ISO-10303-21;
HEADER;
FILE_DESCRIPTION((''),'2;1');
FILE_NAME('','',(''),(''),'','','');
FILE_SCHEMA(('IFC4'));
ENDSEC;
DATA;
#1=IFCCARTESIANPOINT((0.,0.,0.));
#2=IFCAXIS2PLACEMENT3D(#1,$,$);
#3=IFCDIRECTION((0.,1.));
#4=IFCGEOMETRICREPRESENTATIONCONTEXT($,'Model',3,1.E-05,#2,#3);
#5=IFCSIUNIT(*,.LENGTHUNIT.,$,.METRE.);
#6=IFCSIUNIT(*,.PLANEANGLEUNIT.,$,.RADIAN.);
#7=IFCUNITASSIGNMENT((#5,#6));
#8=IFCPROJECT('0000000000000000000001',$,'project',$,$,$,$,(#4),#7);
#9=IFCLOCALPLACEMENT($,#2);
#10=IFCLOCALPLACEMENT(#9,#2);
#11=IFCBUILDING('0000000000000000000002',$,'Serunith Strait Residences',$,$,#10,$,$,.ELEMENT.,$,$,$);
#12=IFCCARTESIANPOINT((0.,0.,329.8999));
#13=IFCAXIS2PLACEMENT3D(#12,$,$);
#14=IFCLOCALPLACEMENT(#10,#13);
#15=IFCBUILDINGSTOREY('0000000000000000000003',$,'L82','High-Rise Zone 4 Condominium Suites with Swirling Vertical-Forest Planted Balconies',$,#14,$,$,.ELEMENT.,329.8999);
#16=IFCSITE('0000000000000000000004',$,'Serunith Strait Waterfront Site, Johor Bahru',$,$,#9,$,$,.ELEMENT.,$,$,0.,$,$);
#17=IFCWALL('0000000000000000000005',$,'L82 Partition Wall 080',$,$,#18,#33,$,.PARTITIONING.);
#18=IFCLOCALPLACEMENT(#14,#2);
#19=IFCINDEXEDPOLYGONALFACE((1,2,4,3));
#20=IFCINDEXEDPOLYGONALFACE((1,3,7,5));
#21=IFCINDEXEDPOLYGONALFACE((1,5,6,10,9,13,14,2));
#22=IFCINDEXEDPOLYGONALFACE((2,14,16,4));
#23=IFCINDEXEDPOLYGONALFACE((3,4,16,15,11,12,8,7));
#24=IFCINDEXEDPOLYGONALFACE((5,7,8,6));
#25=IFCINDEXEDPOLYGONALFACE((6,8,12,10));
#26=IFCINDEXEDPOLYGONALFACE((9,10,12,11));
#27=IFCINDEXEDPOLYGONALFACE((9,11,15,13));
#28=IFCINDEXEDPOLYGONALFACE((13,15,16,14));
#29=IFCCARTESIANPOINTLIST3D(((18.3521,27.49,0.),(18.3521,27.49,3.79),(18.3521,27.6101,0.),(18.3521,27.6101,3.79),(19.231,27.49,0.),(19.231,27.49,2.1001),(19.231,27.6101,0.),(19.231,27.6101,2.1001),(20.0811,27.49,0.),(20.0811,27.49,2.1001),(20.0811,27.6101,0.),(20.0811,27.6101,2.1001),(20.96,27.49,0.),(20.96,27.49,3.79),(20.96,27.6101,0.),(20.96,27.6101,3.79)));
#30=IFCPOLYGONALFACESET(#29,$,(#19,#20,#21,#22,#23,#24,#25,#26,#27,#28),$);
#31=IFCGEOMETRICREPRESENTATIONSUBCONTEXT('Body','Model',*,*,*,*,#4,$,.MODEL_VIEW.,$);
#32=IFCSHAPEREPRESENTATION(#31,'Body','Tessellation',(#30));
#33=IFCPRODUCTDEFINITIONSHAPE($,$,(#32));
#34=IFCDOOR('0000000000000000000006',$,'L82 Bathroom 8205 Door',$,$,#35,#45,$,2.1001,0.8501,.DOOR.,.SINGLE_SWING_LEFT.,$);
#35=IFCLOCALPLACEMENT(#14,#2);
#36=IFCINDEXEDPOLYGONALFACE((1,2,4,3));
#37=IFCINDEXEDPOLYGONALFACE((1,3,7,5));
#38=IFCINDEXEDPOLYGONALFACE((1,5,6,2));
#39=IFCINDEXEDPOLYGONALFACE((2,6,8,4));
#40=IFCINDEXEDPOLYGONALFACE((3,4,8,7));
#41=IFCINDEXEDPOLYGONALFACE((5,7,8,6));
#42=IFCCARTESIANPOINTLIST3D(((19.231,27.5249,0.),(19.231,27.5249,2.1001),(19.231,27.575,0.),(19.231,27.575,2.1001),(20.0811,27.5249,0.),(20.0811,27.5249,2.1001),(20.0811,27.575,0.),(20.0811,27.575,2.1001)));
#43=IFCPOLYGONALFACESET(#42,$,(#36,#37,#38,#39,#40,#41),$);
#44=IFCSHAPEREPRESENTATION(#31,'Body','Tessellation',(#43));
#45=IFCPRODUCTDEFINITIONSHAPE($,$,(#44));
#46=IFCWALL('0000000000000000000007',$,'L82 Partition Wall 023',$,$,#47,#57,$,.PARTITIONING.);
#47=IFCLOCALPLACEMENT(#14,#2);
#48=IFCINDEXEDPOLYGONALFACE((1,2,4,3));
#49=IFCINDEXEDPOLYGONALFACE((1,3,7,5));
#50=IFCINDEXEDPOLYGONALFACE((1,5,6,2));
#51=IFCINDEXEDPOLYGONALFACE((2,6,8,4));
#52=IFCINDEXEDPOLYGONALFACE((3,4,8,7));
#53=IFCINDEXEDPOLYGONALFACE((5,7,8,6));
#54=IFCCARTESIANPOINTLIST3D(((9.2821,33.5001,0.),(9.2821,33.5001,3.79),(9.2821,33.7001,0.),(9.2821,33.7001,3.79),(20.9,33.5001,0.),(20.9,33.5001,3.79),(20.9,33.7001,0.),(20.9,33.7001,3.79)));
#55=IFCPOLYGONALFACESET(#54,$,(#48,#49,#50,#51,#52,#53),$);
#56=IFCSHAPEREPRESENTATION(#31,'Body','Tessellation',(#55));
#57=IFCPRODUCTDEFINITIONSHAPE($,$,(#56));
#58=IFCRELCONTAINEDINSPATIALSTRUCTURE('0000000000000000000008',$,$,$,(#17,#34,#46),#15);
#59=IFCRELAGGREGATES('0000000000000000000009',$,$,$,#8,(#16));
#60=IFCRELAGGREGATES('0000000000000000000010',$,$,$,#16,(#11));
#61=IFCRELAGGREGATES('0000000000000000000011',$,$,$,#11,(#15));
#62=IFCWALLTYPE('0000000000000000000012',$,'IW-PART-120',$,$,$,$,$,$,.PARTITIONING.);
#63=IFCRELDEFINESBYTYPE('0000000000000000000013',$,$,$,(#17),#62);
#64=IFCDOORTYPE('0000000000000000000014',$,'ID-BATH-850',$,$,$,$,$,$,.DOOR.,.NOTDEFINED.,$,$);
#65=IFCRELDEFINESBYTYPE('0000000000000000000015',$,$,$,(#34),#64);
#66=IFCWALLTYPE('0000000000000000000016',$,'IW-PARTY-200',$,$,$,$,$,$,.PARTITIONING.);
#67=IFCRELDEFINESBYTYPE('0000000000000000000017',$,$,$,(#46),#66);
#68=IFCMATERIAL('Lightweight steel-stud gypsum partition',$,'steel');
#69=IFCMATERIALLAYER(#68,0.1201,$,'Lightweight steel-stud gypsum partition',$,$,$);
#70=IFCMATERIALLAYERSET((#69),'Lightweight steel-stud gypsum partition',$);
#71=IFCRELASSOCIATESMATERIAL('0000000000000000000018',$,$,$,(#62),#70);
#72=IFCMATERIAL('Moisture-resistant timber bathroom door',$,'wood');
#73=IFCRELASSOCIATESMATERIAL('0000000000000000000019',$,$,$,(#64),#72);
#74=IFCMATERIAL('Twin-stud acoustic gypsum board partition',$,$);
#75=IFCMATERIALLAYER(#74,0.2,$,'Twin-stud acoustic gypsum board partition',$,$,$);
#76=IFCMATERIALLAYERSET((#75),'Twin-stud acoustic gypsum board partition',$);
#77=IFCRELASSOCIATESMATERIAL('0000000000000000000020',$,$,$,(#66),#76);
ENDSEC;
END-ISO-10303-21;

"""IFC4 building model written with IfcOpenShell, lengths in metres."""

from ifc_helpers import new_model, si_unit, direction, frame, frame_2d, origin, place, context, subcontext, project, spatial, rectangle, extrude, source, transform, mapped, material, layer, layer_set, type_object, element, fill, save


model = new_model("IFC4")

# Units and contexts
model_context = context("Model", 3, precision=1e-05, world=origin(), true_north=direction((0.0, 1.0)))
body_context = subcontext(model_context, "Body", "Model", "MODEL_VIEW")
ifc_project = project(units=[si_unit("LENGTHUNIT", "METRE"), si_unit("PLANEANGLEUNIT", "RADIAN")], contexts=[model_context])

# Site, building, storey
site_placement = place(None, origin())
site = spatial("IfcSite", under=ifc_project, at=site_placement, Name="Serunith Strait Waterfront Site, Johor Bahru", CompositionType="ELEMENT", RefElevation=0.0)
building_placement = place(site_placement, origin())
building = spatial("IfcBuilding", under=site, at=building_placement, Name="Serunith Strait Residences", CompositionType="ELEMENT")
storey_placement = place(building_placement, frame((0.0, 0.0, 329.8999)))
storey = spatial("IfcBuildingStorey", under=building, at=storey_placement, Name="L82", Description="High-Rise Zone 4 Condominium Suites with Swirling Vertical-Forest Planted Balconies", CompositionType="ELEMENT", Elevation=329.8999)

# Shared definitions
ifc_material_1 = material(Name="Lightweight steel-stud gypsum partition", Category="steel")
ifc_layer_1 = layer(ifc_material_1, 0.1201, Name="Lightweight steel-stud gypsum partition")
ifc_layer_set_1 = layer_set([ifc_layer_1], Name="Lightweight steel-stud gypsum partition")
wall_type_1 = type_object("IfcWallType", Name="IW-PART-120", PredefinedType="PARTITIONING", material=ifc_layer_set_1)
shared_shape_1 = source(origin(), body_context, "Body", "SweptSolid", [
    extrude(rectangle(XDim=0.8501, YDim=2.1001, at=frame_2d((0.425, 1.05))), frame((0.0, 0.0249, 0.0), z_axis=(0.0, -1.0, 0.0), x_axis=(1.0, 0.0, 0.0)), (0.0, 0.0, 1.0), 0.05),
])

# Wall, opening, door
wall_1_placement = place(storey_placement, frame((18.3521, 27.55, 0.0), z_axis=(0.0, 0.0, 1.0), x_axis=(1.0, 0.0, 0.0)))
wall_1 = element("IfcWall", 1, at=wall_1_placement, inside=storey, type_object=wall_type_1, Name="L82 Partition Wall 080", PredefinedType="PARTITIONING", context=body_context, shape_type="SweptSolid", body=[
    extrude(rectangle(XDim=2.6079, YDim=0.1201, at=frame_2d((1.304, 0.0))), origin(), (0.0, 0.0, 1.0), 3.79),
])
opening_1_placement = place(wall_1_placement, frame((0.8789, 0.0, 0.0)))
opening_1 = element("IfcOpeningElement", 2, at=opening_1_placement, cuts=wall_1, PredefinedType="OPENING", context=body_context, shape_type="SweptSolid", body=[
    extrude(rectangle(XDim=0.8501, YDim=2.1001, at=frame_2d((0.425, 1.05))), frame((0.0, 0.0701, 0.0), z_axis=(0.0, -1.0, 0.0), x_axis=(1.0, 0.0, 0.0)), (0.0, 0.0, 1.0), 0.1401),
])
ifc_material_2 = material(Name="Moisture-resistant timber bathroom door", Category="wood")
door_type_1 = type_object("IfcDoorType", Name="ID-BATH-850", OperationType="NOTDEFINED", PredefinedType="DOOR", material=ifc_material_2)
door_1_placement = place(opening_1_placement, origin())
door_1 = element("IfcDoor", 3, at=door_1_placement, inside=storey, type_object=door_type_1, Name="L82 Bathroom 8205 Door", OperationType="SINGLE_SWING_LEFT", OverallHeight=2.1001, OverallWidth=0.8501, PredefinedType="DOOR", context=body_context, shape_type="MappedRepresentation", body=[
    mapped(shared_shape_1, transform((0.0, 0.0, 0.0), scale=1.0)),
])
fill(opening_1, door_1)

# Wall
ifc_material_3 = material(Name="Twin-stud acoustic gypsum board partition")
ifc_layer_2 = layer(ifc_material_3, 0.2, Name="Twin-stud acoustic gypsum board partition")
ifc_layer_set_2 = layer_set([ifc_layer_2], Name="Twin-stud acoustic gypsum board partition")
wall_type_2 = type_object("IfcWallType", Name="IW-PARTY-200", PredefinedType="PARTITIONING", material=ifc_layer_set_2)
wall_2_placement = place(storey_placement, frame((9.282, 33.6001, 0.0), z_axis=(0.0, 0.0, 1.0), x_axis=(1.0, 0.0, 0.0)))
element("IfcWall", 4, at=wall_2_placement, inside=storey, type_object=wall_type_2, Name="L82 Partition Wall 023", PredefinedType="PARTITIONING", context=body_context, shape_type="SweptSolid", body=[
    extrude(rectangle(XDim=11.6179, YDim=0.2, at=frame_2d((5.8091, 0.0))), origin(), (0.0, 0.0, 1.0), 3.79),
])

save(model, "model.ifc")
